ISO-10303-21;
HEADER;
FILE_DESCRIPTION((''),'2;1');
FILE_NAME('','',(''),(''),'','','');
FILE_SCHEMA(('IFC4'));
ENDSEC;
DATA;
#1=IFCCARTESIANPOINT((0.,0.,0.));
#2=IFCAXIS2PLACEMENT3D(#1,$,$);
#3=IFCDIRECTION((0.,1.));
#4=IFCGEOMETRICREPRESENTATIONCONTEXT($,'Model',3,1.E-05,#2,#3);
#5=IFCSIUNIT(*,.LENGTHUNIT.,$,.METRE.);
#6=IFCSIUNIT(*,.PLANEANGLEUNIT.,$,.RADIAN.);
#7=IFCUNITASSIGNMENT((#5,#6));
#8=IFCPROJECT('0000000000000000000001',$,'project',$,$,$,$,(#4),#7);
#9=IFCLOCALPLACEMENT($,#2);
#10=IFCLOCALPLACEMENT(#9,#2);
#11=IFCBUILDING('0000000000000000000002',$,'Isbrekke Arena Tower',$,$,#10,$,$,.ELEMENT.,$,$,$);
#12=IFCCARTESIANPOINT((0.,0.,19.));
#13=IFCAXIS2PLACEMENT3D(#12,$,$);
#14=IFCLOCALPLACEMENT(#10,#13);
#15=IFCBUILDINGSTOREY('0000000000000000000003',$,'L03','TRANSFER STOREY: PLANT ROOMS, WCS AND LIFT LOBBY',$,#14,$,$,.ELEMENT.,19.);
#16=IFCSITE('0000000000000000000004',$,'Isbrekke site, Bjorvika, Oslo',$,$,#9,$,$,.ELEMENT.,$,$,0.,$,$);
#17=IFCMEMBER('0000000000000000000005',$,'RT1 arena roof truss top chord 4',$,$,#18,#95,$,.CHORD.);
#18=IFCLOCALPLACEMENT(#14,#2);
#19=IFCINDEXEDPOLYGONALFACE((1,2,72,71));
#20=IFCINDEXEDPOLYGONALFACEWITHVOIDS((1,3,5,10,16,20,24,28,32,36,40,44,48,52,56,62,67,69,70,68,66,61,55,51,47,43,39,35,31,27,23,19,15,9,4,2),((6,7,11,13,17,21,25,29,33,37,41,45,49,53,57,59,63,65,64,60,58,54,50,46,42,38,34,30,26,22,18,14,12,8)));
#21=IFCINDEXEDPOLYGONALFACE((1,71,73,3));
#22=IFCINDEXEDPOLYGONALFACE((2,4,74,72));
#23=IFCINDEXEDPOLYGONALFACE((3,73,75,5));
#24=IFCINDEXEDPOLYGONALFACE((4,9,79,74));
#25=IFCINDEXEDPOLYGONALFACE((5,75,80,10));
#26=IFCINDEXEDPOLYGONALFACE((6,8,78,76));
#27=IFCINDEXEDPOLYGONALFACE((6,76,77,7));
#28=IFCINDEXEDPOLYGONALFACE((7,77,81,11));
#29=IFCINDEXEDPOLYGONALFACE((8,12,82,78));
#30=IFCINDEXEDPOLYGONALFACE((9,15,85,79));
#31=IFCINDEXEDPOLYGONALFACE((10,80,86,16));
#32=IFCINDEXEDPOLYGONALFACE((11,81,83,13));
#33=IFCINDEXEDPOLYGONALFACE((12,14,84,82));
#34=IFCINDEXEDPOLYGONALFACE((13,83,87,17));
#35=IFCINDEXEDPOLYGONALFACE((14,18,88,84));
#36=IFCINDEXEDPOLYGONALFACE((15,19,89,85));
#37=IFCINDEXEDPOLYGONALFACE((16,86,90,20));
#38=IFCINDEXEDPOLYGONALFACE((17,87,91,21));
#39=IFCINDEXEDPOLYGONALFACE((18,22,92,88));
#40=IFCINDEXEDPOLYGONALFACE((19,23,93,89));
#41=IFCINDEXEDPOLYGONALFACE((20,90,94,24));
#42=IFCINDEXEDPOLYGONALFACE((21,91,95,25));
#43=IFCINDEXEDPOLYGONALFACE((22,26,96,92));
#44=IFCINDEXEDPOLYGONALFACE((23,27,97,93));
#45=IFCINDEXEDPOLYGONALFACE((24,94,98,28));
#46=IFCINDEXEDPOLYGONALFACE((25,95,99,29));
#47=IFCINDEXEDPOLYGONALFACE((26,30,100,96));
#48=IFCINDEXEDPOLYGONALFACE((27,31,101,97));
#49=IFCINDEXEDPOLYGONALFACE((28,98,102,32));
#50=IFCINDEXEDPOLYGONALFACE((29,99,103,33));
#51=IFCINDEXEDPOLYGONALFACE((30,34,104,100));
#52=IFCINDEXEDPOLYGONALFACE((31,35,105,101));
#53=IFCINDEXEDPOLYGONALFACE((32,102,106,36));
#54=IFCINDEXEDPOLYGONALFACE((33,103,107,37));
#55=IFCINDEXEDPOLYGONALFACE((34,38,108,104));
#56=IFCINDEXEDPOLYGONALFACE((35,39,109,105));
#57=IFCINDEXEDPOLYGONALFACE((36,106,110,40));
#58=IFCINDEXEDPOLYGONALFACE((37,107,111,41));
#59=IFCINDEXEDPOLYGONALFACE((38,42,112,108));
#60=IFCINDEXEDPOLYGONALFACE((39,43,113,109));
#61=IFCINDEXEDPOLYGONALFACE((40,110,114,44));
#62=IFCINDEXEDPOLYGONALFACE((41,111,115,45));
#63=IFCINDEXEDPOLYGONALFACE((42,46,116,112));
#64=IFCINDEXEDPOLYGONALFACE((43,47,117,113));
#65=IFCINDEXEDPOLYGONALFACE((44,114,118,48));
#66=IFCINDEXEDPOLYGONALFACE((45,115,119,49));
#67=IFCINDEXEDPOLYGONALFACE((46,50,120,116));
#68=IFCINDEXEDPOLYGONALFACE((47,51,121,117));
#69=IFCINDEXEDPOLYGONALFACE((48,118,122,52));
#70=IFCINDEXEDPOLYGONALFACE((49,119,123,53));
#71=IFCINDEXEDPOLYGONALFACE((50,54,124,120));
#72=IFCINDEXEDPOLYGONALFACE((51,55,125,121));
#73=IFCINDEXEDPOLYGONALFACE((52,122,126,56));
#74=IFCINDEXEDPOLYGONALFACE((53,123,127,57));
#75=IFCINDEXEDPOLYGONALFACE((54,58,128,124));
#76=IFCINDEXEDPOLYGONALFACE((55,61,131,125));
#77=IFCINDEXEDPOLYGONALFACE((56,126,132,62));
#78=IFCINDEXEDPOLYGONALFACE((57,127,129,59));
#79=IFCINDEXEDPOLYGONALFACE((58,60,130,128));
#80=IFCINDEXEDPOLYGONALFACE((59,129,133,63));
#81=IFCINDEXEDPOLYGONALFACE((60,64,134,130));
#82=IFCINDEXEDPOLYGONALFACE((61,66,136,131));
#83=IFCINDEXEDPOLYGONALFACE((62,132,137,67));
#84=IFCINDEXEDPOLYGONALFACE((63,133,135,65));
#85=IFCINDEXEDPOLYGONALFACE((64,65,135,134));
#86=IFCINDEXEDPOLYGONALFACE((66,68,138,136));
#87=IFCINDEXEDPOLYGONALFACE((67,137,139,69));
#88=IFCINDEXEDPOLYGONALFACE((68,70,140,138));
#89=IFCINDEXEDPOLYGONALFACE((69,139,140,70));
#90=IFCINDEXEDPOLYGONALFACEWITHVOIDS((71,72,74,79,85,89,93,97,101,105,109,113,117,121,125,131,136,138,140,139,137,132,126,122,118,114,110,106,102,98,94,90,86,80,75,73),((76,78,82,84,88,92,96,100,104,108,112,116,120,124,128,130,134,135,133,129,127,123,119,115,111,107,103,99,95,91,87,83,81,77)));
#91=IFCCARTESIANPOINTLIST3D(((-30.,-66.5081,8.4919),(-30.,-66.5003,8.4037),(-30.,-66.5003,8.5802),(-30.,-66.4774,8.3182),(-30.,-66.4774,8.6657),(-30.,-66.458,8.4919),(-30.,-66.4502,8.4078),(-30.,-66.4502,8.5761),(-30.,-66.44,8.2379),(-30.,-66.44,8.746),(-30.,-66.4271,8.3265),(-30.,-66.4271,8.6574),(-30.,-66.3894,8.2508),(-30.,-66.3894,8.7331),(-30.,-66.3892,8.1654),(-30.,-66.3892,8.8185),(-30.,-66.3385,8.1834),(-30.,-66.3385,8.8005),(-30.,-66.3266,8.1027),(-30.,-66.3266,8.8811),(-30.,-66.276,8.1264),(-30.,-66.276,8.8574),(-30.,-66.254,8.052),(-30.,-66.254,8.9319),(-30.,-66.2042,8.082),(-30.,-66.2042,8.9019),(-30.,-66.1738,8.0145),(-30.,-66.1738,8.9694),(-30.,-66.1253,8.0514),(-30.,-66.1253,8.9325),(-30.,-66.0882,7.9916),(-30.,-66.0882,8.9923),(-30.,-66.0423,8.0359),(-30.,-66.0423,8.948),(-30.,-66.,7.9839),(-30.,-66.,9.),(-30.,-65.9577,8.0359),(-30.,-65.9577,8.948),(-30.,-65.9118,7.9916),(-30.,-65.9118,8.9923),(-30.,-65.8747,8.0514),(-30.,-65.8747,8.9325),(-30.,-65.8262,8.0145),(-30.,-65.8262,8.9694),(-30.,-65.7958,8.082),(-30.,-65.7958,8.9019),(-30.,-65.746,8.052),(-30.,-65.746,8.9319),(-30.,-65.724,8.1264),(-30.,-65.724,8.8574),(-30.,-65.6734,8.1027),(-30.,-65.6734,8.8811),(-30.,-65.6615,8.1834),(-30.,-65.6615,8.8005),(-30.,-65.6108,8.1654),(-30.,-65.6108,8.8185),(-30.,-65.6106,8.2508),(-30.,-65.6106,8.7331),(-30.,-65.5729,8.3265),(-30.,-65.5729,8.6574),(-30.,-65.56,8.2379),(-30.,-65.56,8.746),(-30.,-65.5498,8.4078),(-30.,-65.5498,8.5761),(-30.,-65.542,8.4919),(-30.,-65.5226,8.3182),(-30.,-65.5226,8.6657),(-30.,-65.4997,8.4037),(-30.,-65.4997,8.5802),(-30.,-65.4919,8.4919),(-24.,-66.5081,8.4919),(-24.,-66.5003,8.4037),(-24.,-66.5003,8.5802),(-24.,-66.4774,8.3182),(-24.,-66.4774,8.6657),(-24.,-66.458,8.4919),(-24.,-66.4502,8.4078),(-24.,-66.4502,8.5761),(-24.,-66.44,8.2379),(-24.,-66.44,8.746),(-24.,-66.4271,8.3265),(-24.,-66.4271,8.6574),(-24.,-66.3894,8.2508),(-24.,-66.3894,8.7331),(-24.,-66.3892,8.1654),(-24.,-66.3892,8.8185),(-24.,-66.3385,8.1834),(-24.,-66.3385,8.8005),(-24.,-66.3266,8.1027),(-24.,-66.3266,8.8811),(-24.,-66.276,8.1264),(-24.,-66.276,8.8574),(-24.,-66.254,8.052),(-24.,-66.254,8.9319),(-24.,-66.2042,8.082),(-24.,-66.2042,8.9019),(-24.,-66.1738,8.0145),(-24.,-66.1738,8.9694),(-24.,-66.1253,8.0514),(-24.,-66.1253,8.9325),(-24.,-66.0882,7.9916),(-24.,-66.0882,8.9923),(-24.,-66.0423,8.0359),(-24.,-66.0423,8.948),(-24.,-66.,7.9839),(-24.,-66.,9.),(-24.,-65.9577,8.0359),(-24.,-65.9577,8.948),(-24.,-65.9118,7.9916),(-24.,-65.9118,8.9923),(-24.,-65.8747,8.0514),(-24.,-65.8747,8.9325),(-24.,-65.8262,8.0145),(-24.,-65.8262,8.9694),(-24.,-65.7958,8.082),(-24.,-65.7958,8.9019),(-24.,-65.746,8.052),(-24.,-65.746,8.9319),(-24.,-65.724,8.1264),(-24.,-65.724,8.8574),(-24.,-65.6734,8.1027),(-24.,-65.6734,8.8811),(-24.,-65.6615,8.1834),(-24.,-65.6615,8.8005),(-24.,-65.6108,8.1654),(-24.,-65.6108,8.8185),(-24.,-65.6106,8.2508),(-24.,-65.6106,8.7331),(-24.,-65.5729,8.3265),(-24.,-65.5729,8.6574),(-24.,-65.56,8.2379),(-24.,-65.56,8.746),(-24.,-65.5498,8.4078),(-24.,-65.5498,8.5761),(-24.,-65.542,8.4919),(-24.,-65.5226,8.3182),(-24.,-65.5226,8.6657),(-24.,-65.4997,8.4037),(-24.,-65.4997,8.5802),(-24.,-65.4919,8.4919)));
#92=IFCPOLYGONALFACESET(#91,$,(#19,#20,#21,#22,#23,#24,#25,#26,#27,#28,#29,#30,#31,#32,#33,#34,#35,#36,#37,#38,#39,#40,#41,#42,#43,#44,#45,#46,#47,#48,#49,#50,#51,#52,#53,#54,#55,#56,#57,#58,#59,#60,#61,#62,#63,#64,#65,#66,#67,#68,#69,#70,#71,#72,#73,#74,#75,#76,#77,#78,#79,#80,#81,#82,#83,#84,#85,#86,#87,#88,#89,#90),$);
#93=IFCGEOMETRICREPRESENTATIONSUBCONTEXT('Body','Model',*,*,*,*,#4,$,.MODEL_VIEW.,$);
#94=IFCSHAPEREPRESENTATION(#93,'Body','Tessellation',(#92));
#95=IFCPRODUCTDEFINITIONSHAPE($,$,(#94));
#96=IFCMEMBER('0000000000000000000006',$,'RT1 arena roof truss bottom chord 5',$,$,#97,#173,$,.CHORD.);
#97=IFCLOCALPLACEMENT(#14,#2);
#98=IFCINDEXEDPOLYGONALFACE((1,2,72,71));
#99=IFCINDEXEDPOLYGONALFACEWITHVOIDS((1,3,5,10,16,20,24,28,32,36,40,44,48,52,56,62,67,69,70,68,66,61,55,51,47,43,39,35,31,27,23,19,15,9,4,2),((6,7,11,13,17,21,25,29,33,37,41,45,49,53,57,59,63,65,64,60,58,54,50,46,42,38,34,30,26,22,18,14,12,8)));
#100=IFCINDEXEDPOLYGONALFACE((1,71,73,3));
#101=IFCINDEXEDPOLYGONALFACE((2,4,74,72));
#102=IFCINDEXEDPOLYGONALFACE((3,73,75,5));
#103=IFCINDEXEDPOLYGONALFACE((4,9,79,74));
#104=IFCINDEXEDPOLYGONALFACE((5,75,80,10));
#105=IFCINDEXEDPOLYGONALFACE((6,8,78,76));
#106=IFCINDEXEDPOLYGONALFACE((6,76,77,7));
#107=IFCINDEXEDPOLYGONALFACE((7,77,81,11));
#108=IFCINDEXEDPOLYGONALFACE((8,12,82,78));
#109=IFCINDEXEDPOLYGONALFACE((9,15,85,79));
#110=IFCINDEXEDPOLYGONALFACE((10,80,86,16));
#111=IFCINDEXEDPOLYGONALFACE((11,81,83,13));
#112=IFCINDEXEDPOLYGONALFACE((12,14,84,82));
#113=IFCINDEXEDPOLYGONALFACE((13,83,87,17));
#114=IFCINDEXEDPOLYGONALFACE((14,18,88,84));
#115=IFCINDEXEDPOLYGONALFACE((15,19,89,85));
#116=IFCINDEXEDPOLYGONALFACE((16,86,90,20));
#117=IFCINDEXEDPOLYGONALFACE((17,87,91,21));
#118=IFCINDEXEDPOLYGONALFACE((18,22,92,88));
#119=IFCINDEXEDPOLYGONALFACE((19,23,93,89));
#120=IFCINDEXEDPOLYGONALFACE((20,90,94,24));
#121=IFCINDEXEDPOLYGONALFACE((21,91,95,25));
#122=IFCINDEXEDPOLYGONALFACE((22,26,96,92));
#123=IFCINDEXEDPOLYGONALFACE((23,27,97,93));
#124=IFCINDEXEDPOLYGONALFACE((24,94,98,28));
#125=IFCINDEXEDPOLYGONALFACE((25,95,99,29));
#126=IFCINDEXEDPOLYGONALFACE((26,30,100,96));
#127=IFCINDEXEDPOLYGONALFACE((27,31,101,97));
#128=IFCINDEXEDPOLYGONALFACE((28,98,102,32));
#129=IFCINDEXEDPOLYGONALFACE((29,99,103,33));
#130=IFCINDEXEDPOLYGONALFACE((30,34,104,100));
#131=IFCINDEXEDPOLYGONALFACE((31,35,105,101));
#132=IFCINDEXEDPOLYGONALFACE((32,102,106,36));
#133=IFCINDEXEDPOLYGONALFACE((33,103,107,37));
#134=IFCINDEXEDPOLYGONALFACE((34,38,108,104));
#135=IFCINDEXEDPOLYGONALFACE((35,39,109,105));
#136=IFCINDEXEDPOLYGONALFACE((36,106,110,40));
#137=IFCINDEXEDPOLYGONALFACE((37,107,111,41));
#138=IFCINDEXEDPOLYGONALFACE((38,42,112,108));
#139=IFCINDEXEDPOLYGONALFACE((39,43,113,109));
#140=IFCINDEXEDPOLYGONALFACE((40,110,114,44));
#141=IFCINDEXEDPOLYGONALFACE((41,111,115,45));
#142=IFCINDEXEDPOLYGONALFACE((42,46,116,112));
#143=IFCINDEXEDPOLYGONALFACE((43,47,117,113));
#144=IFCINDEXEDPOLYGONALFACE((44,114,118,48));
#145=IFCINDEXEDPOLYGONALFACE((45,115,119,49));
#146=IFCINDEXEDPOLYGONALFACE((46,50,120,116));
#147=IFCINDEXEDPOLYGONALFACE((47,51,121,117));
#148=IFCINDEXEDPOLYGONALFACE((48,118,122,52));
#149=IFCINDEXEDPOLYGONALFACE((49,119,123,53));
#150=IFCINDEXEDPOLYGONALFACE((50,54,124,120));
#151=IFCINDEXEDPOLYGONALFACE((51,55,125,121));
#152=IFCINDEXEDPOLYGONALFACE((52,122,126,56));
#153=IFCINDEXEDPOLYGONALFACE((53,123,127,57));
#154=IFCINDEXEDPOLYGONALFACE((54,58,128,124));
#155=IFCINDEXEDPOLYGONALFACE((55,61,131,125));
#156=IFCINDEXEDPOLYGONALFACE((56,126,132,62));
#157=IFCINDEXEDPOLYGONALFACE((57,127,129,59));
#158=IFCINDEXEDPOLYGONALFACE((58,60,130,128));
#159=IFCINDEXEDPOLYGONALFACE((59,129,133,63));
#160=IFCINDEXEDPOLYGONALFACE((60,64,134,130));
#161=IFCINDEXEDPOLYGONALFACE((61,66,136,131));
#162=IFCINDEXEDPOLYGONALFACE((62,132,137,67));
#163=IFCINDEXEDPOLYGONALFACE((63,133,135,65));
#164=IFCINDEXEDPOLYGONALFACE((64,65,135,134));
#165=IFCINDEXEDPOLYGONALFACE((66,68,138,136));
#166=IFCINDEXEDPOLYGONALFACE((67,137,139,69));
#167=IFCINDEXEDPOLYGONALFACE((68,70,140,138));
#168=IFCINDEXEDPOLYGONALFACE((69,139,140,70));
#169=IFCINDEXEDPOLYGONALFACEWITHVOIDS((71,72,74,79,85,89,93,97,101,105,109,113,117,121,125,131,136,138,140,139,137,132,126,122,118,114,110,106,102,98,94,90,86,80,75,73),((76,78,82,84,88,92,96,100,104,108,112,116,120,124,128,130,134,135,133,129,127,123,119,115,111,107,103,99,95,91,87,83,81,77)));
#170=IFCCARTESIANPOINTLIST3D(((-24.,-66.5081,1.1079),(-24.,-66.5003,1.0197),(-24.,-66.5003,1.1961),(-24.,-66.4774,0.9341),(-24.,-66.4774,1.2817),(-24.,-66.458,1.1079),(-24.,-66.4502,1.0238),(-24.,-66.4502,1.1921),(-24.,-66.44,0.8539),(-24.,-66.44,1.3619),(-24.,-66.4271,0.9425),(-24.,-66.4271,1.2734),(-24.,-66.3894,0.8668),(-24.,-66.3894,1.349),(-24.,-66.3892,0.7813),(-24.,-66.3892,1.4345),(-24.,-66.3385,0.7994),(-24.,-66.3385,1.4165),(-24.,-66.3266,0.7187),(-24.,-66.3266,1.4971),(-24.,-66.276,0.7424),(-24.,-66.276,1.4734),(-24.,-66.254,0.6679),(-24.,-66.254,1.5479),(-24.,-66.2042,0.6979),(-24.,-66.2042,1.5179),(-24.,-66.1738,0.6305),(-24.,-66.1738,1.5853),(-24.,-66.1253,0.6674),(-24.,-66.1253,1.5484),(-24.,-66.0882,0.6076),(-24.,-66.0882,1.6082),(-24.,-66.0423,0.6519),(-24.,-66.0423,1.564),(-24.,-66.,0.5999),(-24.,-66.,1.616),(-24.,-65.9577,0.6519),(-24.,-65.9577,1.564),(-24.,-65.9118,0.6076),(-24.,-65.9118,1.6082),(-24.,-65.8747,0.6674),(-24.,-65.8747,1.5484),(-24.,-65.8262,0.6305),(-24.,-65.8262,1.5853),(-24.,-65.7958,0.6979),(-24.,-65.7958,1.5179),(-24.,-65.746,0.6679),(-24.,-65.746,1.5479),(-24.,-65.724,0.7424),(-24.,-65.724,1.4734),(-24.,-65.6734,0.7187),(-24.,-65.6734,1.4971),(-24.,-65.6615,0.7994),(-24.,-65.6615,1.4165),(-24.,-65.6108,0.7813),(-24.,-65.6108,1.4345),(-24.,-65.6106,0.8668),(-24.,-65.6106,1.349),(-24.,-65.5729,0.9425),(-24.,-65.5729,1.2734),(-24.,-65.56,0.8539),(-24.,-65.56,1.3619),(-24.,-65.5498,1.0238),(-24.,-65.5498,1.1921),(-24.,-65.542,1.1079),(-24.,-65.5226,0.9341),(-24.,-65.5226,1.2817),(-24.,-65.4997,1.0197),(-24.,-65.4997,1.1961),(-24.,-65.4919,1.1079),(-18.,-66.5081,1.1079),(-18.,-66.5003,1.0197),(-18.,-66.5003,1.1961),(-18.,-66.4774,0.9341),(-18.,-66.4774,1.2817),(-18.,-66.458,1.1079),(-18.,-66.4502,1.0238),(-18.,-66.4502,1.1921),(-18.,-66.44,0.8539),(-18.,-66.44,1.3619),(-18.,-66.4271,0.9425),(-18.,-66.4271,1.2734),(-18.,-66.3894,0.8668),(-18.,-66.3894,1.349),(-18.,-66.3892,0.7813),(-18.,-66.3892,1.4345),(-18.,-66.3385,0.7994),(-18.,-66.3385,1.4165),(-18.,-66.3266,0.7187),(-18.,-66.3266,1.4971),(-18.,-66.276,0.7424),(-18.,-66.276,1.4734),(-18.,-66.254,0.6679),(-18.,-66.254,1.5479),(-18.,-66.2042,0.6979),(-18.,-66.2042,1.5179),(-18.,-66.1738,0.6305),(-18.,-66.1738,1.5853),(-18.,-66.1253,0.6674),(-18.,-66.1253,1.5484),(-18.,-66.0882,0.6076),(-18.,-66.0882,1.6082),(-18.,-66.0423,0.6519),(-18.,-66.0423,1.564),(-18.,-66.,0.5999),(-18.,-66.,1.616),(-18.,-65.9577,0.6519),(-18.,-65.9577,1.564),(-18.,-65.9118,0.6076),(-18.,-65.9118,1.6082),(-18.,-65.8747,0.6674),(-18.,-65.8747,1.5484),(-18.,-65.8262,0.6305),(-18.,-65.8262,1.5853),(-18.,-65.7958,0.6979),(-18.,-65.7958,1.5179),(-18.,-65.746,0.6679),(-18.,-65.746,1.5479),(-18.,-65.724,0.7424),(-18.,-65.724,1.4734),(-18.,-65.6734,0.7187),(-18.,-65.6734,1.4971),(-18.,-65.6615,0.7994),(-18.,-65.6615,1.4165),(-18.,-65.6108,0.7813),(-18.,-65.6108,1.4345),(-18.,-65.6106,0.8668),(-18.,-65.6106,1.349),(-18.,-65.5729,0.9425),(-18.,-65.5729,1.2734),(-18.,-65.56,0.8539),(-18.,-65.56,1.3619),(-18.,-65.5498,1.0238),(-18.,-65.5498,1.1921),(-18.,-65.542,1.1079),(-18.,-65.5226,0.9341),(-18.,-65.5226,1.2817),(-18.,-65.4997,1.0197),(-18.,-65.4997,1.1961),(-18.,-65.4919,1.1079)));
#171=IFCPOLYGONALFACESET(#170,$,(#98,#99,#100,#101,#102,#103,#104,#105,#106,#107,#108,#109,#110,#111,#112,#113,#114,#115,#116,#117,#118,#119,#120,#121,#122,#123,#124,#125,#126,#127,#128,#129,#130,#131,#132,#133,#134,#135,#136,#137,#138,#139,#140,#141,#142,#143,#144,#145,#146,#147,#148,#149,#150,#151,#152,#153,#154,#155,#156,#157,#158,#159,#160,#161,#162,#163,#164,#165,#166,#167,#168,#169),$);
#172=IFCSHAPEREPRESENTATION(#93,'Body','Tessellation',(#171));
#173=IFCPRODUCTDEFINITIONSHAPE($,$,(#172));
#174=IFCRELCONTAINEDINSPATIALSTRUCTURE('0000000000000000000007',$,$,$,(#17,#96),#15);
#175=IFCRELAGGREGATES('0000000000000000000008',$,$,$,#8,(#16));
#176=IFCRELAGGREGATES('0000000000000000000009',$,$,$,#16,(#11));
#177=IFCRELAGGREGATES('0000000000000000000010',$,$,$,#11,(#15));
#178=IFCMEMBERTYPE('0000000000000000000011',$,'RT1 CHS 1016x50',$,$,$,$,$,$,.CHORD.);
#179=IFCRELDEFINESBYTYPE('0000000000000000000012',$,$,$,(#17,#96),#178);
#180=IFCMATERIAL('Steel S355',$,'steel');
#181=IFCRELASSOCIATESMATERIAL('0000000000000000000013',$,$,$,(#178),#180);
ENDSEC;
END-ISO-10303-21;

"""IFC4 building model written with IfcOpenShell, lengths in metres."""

from ifc_helpers import new_model, si_unit, direction, frame, origin, origin_2d, place, context, subcontext, project, spatial, hollow_circle, extrude, material, material_profile, profile_set, type_object, element, save


model = new_model("IFC4")

# Units and contexts
model_context = context("Model", 3, precision=1e-05, world=origin(), true_north=direction((0.0, 1.0)))
body_context = subcontext(model_context, "Body", "Model", "MODEL_VIEW")
ifc_project = project(units=[si_unit("LENGTHUNIT", "METRE"), si_unit("PLANEANGLEUNIT", "RADIAN")], contexts=[model_context])

# Site, building, storey
site_placement = place(None, origin())
site = spatial("IfcSite", under=ifc_project, at=site_placement, Name="Isbrekke site, Bjorvika, Oslo", CompositionType="ELEMENT", RefElevation=0.0)
building_placement = place(site_placement, origin())
building = spatial("IfcBuilding", under=site, at=building_placement, Name="Isbrekke Arena Tower", CompositionType="ELEMENT")
storey_placement = place(building_placement, frame((0.0, 0.0, 19.0)))
storey = spatial("IfcBuildingStorey", under=building, at=storey_placement, Name="L03", Description="TRANSFER STOREY: PLANT ROOMS, WCS AND LIFT LOBBY", CompositionType="ELEMENT", Elevation=19.0)

# Members
ifc_material_1 = material(Name="Steel S355", Category="steel")
ifc_material_profile_1 = material_profile(ifc_material_1, hollow_circle(Radius=0.5081, WallThickness=0.05, at=origin_2d()), Name="CHS 1016x50")
ifc_profile_set_1 = profile_set([ifc_material_profile_1], Name="Steel S355")
member_type_1 = type_object("IfcMemberType", Name="RT1 CHS 1016x50", PredefinedType="CHORD", material=ifc_profile_set_1)
for number, where, z_axis, x_axis, name in (
    (1, (-30.0, -66.0, 8.4919), (1.0, 0.0, 0.0), (0.0, 1.0, 0.0), "RT1 arena roof truss top chord 4"),
    (2, (-24.0, -66.0, 1.1079), (1.0, 0.0, 0.0), (0.0, 1.0, 0.0), "RT1 arena roof truss bottom chord 5"),
):
    element("IfcMember", number, at=place(storey_placement, frame(where, z_axis=z_axis, x_axis=x_axis)), inside=storey, type_object=member_type_1, Name=name, PredefinedType="CHORD", context=body_context, shape_type="SweptSolid", body=[
        extrude(hollow_circle(Radius=0.5081, WallThickness=0.05, at=origin_2d()), origin(), (0.0, 0.0, 1.0), 6.0),
    ])

save(model, "model.ifc")
